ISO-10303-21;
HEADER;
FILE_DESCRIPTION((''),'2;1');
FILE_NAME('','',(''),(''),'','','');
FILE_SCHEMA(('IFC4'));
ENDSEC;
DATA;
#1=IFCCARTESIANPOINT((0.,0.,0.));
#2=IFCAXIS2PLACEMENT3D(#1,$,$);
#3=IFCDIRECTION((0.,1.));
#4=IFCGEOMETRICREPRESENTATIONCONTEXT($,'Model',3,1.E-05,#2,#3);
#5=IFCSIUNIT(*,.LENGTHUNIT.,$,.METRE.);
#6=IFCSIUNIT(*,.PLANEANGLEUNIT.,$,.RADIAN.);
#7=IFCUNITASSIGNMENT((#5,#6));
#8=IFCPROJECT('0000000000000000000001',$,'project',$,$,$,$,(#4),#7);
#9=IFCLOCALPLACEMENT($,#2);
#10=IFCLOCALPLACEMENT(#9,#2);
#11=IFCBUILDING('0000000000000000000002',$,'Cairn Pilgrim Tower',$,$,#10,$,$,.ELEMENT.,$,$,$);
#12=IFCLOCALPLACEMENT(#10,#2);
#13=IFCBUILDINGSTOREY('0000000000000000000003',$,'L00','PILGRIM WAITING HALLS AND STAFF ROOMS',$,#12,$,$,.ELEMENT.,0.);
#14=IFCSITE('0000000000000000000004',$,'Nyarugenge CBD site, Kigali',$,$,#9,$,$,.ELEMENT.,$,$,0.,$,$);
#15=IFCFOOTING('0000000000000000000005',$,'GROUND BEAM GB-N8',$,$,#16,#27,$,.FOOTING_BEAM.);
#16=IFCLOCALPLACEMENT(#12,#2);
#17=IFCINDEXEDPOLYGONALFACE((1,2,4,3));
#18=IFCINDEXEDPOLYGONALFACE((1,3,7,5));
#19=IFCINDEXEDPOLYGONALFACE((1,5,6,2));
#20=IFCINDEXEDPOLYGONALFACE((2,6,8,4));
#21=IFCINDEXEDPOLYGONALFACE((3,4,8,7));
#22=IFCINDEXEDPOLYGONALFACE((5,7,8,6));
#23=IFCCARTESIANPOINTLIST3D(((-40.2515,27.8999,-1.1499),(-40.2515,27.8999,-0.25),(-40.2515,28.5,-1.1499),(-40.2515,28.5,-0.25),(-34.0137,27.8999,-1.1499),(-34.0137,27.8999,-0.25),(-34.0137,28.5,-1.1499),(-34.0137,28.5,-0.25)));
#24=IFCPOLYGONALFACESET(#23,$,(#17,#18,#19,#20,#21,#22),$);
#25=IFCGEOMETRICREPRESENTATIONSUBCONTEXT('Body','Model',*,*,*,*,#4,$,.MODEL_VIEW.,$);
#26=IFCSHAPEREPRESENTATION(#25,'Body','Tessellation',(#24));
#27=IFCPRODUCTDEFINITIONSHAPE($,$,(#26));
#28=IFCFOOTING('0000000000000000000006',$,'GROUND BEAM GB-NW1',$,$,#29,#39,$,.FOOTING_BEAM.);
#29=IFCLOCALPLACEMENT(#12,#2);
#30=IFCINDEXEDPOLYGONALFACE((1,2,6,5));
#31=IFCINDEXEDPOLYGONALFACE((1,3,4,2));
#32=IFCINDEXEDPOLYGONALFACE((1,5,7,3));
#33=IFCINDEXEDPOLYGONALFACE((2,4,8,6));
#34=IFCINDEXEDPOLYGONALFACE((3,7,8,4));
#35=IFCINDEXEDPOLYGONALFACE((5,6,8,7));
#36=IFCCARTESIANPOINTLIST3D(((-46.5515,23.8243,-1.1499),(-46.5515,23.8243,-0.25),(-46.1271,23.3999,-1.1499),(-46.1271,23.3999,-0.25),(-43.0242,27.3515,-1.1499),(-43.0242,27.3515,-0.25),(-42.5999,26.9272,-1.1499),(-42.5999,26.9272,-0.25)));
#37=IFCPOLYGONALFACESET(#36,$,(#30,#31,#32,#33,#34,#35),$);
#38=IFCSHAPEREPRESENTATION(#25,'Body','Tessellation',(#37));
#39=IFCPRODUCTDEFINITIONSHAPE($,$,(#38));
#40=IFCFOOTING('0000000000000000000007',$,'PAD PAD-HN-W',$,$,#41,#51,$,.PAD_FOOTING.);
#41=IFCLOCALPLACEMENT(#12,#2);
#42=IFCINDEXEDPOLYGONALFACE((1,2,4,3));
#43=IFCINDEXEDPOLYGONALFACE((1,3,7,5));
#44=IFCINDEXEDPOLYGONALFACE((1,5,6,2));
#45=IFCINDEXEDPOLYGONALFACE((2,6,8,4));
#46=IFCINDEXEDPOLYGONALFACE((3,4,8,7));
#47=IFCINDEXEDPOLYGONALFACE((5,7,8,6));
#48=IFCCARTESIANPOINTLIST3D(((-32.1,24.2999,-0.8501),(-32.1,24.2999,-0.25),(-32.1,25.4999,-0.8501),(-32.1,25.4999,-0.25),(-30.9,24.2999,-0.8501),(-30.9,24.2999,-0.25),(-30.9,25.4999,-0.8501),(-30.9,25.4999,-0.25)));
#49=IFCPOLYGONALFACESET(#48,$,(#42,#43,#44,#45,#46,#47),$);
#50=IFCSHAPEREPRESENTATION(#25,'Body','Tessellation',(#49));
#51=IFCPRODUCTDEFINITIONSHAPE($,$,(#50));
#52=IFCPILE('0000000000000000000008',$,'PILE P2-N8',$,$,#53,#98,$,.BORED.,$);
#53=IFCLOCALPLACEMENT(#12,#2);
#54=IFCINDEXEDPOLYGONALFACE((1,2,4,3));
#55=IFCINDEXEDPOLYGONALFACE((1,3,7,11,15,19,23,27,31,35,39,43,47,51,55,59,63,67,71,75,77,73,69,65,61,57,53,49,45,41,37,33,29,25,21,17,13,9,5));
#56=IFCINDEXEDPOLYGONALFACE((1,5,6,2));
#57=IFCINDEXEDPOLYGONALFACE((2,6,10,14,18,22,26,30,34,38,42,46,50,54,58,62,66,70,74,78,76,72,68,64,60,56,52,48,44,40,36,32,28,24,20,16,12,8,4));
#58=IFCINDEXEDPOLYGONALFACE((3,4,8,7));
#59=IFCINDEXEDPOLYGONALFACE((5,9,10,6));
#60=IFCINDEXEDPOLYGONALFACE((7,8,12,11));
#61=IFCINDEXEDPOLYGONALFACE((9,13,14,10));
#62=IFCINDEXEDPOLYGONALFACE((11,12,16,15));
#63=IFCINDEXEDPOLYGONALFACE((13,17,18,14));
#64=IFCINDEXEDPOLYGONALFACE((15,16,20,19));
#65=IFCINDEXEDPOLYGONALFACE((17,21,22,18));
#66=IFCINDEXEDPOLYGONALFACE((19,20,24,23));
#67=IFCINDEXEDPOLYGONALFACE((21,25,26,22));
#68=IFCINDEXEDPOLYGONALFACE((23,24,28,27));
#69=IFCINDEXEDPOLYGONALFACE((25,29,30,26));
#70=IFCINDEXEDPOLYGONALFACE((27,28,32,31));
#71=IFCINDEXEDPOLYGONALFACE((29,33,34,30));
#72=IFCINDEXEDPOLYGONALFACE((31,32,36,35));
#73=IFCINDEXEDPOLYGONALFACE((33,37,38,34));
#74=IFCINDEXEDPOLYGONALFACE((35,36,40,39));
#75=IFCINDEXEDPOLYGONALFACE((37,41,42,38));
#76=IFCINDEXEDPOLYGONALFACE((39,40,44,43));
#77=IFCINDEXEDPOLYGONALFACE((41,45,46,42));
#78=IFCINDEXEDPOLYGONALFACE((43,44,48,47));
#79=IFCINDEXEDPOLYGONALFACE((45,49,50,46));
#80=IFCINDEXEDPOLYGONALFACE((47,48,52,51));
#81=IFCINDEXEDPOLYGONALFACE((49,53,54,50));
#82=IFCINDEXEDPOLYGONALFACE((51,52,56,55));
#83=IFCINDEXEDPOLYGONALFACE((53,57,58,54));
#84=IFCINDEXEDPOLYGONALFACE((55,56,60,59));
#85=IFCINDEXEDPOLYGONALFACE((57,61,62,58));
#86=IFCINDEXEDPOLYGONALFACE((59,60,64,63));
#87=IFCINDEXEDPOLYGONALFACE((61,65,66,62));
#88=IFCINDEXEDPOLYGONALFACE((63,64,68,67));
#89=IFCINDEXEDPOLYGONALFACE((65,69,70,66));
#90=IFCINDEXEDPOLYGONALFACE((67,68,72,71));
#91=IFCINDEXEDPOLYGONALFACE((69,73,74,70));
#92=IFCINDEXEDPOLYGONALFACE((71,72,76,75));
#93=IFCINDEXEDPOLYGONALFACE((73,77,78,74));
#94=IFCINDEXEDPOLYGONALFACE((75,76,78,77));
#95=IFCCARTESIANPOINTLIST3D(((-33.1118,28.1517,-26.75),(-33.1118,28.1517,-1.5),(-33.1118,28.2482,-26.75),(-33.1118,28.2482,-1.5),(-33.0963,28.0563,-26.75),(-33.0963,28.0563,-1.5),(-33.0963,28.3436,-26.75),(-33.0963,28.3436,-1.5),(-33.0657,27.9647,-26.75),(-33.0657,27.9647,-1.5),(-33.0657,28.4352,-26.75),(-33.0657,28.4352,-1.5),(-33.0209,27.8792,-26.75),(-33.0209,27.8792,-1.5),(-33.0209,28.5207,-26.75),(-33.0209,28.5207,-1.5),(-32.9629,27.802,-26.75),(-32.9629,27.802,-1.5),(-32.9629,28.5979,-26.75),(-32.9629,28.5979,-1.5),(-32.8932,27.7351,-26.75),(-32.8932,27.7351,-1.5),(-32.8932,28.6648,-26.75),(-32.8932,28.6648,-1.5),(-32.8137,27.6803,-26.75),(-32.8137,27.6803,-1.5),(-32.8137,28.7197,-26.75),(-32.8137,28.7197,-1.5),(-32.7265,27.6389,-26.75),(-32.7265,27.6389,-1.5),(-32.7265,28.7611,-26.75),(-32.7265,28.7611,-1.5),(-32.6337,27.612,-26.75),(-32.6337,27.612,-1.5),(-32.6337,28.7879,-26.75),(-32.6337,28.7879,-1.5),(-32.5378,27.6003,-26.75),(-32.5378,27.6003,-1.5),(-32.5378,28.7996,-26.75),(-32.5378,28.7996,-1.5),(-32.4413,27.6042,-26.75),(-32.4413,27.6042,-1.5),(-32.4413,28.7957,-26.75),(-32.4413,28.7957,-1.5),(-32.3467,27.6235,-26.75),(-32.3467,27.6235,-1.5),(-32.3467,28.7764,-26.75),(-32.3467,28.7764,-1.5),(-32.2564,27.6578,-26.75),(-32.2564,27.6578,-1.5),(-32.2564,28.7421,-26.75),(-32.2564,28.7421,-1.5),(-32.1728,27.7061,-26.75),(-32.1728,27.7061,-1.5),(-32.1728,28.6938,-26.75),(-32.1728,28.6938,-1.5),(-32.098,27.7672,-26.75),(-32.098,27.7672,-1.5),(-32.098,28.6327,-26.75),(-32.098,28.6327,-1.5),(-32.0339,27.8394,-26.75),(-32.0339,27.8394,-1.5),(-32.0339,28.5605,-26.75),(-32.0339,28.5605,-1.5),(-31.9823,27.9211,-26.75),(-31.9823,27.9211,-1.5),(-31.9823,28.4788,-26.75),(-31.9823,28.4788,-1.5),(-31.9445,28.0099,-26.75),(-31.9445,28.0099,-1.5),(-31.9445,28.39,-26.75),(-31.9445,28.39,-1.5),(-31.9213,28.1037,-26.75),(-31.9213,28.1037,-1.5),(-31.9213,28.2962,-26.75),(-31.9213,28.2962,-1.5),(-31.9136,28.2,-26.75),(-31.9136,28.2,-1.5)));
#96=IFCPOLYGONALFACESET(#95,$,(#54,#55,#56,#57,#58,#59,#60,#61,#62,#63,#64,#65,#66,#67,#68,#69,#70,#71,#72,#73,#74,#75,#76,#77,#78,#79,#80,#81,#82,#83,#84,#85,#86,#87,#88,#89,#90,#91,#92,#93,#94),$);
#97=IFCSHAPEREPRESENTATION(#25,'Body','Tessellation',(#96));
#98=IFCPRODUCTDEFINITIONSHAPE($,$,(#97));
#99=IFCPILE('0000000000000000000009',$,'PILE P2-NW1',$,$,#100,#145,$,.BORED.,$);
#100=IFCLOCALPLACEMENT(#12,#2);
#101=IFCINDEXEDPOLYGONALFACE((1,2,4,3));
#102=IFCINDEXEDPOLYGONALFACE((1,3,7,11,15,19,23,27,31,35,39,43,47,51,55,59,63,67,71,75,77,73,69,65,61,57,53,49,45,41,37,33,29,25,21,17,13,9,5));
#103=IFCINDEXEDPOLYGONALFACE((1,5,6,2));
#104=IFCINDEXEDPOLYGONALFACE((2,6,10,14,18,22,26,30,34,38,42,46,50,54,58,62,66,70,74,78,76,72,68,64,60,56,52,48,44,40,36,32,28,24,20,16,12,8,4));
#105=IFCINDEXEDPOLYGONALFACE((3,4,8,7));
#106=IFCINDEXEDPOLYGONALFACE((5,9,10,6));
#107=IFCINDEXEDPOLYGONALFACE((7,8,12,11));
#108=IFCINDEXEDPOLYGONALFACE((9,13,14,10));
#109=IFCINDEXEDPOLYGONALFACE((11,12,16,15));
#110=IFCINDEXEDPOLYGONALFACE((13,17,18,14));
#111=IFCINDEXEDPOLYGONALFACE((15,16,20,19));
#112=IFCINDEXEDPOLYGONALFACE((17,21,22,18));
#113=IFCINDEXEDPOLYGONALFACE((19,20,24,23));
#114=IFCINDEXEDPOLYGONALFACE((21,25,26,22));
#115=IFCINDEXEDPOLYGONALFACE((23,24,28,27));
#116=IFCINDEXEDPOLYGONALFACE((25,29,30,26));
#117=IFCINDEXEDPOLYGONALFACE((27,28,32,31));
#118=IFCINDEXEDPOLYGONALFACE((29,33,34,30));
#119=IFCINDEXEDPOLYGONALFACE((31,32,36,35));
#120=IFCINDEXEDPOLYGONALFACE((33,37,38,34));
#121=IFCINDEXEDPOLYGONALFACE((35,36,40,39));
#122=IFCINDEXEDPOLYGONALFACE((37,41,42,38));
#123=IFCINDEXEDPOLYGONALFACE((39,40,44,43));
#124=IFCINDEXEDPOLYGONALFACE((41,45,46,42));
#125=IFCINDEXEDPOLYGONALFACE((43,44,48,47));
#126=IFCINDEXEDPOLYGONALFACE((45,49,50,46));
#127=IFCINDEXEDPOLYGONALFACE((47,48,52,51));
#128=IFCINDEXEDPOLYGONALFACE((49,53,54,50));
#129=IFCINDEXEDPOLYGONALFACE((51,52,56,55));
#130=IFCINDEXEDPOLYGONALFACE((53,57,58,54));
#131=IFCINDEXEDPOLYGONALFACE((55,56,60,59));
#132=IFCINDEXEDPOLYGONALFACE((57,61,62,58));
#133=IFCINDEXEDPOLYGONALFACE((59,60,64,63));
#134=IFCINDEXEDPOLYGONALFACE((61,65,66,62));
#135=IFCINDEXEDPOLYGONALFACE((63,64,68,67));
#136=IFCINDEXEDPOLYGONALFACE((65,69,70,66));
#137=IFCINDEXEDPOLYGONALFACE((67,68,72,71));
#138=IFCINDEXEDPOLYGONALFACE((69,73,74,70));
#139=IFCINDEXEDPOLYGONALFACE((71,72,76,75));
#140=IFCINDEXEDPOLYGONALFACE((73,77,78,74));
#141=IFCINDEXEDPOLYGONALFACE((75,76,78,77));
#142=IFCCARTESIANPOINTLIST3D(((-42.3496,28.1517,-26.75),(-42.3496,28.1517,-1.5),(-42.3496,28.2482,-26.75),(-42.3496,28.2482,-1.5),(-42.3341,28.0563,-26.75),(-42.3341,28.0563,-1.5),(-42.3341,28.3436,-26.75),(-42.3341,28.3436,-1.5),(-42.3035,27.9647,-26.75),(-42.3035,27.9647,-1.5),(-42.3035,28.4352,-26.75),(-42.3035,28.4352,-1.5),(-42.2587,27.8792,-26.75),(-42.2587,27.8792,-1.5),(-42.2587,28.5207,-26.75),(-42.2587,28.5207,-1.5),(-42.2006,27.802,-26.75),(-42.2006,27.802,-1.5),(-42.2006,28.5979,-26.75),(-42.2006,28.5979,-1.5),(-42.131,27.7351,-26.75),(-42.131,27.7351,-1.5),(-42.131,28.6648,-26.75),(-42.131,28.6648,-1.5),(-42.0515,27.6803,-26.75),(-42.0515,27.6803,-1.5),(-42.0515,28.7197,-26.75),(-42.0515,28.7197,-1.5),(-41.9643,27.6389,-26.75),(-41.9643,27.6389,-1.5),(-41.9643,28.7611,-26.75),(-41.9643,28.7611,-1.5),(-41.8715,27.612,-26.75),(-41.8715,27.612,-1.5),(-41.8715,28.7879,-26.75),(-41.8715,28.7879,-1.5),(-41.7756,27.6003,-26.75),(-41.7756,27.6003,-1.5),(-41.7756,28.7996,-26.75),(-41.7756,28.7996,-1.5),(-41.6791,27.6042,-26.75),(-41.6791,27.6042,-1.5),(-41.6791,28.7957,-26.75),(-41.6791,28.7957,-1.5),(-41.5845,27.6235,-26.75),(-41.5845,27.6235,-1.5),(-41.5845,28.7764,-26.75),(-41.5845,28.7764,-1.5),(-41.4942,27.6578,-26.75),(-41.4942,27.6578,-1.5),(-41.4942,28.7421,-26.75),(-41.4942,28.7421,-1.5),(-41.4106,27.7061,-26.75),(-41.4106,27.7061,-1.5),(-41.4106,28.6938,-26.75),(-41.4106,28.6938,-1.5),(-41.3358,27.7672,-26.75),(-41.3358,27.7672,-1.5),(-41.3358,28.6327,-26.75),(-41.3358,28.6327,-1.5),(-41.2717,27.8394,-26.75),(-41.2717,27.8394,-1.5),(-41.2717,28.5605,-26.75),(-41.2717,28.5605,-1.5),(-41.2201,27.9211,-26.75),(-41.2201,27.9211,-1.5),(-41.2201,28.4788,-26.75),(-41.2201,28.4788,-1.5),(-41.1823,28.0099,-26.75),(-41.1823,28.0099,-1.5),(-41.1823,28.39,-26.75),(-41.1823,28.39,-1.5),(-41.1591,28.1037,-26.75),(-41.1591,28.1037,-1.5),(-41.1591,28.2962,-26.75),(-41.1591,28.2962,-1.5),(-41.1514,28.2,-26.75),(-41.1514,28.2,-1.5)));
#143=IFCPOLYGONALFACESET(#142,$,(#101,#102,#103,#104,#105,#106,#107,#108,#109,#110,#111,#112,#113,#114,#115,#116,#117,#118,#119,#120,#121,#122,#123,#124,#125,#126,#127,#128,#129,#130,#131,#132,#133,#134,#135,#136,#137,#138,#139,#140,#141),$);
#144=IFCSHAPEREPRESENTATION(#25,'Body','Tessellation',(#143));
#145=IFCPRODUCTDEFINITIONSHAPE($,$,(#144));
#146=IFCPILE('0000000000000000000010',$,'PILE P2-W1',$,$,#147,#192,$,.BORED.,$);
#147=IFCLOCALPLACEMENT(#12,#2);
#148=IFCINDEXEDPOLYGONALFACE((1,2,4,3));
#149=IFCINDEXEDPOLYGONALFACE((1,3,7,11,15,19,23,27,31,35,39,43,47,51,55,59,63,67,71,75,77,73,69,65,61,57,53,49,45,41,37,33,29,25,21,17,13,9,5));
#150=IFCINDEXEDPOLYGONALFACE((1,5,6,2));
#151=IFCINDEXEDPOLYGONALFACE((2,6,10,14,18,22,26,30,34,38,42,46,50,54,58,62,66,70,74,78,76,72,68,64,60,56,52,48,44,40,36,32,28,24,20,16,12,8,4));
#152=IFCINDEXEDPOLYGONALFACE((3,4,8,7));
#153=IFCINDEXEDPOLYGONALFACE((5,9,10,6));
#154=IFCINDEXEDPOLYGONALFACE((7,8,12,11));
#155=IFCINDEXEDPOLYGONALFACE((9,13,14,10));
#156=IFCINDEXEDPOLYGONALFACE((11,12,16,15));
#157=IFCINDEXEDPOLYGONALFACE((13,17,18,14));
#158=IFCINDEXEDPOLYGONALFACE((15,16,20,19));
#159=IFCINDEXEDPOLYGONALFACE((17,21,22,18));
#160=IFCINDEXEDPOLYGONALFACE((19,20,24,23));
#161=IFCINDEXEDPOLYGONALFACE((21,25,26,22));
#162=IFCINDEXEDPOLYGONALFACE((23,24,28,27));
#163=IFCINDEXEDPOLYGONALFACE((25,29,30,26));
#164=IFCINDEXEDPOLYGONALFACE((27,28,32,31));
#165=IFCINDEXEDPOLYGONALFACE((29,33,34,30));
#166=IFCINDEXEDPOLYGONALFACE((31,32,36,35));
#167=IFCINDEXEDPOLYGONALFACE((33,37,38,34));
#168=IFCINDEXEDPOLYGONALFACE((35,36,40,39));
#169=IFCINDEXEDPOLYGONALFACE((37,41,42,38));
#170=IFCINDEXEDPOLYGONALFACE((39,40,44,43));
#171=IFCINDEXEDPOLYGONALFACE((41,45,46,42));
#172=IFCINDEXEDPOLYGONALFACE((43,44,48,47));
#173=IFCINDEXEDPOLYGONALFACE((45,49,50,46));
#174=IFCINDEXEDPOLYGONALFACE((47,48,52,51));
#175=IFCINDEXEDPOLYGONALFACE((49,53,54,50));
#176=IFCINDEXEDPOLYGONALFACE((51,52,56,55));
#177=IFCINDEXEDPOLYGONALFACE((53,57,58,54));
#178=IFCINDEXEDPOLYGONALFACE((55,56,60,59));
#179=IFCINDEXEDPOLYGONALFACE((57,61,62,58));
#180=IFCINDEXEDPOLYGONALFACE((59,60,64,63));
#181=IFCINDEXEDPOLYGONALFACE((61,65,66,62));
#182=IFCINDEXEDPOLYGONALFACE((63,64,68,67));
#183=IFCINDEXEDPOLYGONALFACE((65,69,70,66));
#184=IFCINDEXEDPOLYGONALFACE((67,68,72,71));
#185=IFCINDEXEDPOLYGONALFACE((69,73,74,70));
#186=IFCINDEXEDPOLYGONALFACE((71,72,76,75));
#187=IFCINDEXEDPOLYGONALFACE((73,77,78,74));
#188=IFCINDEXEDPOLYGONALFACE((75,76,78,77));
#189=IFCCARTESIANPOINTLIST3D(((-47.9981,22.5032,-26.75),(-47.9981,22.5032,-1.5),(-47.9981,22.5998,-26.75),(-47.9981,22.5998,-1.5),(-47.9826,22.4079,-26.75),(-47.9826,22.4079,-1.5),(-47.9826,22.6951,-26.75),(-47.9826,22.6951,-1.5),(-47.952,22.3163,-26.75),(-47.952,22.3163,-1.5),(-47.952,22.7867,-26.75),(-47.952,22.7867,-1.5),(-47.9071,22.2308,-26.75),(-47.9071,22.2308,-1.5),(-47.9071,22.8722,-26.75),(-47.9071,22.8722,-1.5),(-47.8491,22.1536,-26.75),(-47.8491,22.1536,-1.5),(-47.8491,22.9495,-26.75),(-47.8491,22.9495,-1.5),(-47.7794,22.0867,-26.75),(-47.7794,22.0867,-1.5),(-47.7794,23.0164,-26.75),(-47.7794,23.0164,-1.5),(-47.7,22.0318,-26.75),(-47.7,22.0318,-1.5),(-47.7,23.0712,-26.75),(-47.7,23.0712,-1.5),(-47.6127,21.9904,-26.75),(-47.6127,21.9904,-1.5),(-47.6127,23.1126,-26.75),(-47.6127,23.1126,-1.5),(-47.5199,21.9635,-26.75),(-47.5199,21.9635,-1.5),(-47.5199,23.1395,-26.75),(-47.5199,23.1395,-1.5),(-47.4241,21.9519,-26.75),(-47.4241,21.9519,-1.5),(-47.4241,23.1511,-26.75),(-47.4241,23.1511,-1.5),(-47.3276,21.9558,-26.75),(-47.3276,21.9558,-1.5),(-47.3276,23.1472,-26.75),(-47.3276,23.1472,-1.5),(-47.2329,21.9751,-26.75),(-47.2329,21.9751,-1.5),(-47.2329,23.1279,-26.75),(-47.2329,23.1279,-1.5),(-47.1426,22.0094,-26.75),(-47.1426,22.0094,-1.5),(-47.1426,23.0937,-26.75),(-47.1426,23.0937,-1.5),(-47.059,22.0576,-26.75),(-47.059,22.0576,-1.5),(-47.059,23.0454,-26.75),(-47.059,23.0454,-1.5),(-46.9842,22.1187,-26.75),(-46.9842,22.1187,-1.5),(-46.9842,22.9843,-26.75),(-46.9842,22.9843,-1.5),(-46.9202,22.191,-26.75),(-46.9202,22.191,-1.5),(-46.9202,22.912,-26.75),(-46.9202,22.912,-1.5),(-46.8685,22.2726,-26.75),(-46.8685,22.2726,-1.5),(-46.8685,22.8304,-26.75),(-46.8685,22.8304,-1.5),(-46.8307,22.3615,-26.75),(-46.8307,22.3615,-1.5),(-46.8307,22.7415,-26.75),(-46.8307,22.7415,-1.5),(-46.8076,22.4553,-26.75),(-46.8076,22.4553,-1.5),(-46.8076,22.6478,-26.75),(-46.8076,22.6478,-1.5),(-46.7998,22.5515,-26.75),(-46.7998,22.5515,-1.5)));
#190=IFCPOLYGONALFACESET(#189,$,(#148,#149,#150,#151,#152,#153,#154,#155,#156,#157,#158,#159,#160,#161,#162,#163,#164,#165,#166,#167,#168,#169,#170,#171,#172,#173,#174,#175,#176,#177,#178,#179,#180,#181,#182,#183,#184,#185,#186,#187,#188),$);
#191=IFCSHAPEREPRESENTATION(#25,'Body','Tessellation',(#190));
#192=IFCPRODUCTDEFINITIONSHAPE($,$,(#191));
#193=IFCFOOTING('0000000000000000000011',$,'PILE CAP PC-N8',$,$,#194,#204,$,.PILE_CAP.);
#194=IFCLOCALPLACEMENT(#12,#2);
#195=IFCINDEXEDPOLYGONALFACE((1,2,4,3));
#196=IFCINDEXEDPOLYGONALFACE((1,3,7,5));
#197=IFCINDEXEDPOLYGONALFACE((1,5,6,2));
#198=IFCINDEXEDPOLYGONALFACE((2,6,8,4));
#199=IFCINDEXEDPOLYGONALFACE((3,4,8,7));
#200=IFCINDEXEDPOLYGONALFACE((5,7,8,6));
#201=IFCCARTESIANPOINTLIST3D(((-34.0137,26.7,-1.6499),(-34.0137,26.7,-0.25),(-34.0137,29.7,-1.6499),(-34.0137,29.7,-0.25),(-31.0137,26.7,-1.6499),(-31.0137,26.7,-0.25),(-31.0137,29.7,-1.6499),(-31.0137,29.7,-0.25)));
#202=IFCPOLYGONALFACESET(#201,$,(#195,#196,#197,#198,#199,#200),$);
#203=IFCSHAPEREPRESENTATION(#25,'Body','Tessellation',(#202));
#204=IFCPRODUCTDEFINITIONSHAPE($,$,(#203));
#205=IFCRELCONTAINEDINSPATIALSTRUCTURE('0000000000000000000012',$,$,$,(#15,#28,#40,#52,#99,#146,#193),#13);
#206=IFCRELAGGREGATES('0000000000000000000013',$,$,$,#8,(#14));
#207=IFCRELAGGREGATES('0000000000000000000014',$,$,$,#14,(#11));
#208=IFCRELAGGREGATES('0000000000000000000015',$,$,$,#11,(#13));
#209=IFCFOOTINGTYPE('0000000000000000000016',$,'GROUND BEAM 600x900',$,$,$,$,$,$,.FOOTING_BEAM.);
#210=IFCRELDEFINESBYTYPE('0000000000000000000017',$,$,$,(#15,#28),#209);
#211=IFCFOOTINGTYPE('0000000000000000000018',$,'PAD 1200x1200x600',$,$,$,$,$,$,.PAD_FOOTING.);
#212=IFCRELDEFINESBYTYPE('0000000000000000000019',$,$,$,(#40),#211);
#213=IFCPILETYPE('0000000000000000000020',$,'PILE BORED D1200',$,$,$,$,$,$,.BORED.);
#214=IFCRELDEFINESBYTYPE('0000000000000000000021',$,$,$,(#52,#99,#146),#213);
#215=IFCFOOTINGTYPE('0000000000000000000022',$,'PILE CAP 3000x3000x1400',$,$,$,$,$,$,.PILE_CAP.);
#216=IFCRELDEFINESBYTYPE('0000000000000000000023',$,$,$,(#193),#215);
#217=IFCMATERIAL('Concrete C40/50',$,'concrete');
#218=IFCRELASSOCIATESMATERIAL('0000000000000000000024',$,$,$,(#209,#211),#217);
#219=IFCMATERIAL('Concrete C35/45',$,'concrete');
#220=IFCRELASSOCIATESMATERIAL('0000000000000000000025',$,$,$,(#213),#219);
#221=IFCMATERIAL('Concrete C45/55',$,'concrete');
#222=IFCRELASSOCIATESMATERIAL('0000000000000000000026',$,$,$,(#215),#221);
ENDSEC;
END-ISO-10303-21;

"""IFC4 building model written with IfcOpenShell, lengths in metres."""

from ifc_helpers import new_model, si_unit, direction, frame, origin, origin_2d, place, context, subcontext, project, spatial, rectangle, circle, extrude, material, material_profile, profile_set, type_object, element, save


model = new_model("IFC4")

# Units and contexts
model_context = context("Model", 3, precision=1e-05, world=origin(), true_north=direction((0.0, 1.0)))
body_context = subcontext(model_context, "Body", "Model", "MODEL_VIEW")
ifc_project = project(units=[si_unit("LENGTHUNIT", "METRE"), si_unit("PLANEANGLEUNIT", "RADIAN")], contexts=[model_context])

# Site, building, storey
site_placement = place(None, origin())
site = spatial("IfcSite", under=ifc_project, at=site_placement, Name="Nyarugenge CBD site, Kigali", CompositionType="ELEMENT", RefElevation=0.0)
building_placement = place(site_placement, origin())
building = spatial("IfcBuilding", under=site, at=building_placement, Name="Cairn Pilgrim Tower", CompositionType="ELEMENT")
storey_placement = place(building_placement, origin())
storey = spatial("IfcBuildingStorey", under=building, at=storey_placement, Name="L00", Description="PILGRIM WAITING HALLS AND STAFF ROOMS", CompositionType="ELEMENT", Elevation=0.0)

# Footings
ifc_material_1 = material(Name="Concrete C40/50", Category="concrete")
footing_type_1 = type_object("IfcFootingType", Name="GROUND BEAM 600x900", PredefinedType="FOOTING_BEAM", material=ifc_material_1)
footing_1_placement = place(storey_placement, frame((-37.1326, 28.2, -1.1499), z_axis=(0.0, 0.0, 1.0), x_axis=(-1.0, 0.0, 0.0)))
element("IfcFooting", 1, at=footing_1_placement, inside=storey, type_object=footing_type_1, Name="GROUND BEAM GB-N8", PredefinedType="FOOTING_BEAM", context=body_context, shape_type="SweptSolid", body=[
    extrude(rectangle(XDim=6.2378, YDim=0.6001, at=origin_2d()), origin(), (0.0, 0.0, 1.0), 0.8999),
])
footing_2_placement = place(storey_placement, frame((-44.5757, 25.3757, -1.1499), z_axis=(0.0, 0.0, 1.0), x_axis=(-0.707107, -0.707107, 0.0)))
element("IfcFooting", 2, at=footing_2_placement, inside=storey, type_object=footing_type_1, Name="GROUND BEAM GB-NW1", PredefinedType="FOOTING_BEAM", context=body_context, shape_type="SweptSolid", body=[
    extrude(rectangle(XDim=4.9883, YDim=0.6001, at=origin_2d()), origin(), (0.0, 0.0, 1.0), 0.8999),
])
footing_type_2 = type_object("IfcFootingType", Name="PAD 1200x1200x600", PredefinedType="PAD_FOOTING", material=ifc_material_1)
footing_3_placement = place(storey_placement, frame((-31.5, 24.8999, -0.8501), z_axis=(0.0, 0.0, 1.0), x_axis=(1.0, 0.0, 0.0)))
element("IfcFooting", 3, at=footing_3_placement, inside=storey, type_object=footing_type_2, Name="PAD PAD-HN-W", PredefinedType="PAD_FOOTING", context=body_context, shape_type="SweptSolid", body=[
    extrude(rectangle(XDim=1.2, YDim=1.2, at=origin_2d()), origin(), (0.0, 0.0, 1.0), 0.6001),
])

# Piles
ifc_material_2 = material(Name="Concrete C35/45", Category="concrete")
ifc_material_profile_1 = material_profile(ifc_material_2, circle(Radius=0.6001, at=origin_2d()), Name="D1200")
ifc_profile_set_1 = profile_set([ifc_material_profile_1], Name="Concrete C35/45")
pile_type = type_object("IfcPileType", Name="PILE BORED D1200", PredefinedType="BORED", material=ifc_profile_set_1)
for number, where, z_axis, x_axis, name in (
    (4, (-32.5137, 28.2, -1.5), (0.0, 0.0, -1.0), (1.0, 0.0, 0.0), "PILE P2-N8"),
    (5, (-41.7515, 28.2, -1.5), (0.0, 0.0, -1.0), (1.0, 0.0, 0.0), "PILE P2-NW1"),
    (6, (-47.3999, 22.5515, -1.5), (0.0, 0.0, -1.0), (1.0, 0.0, 0.0), "PILE P2-W1"),
):
    element("IfcPile", number, at=place(storey_placement, frame(where, z_axis=z_axis, x_axis=x_axis)), inside=storey, type_object=pile_type, Name=name, PredefinedType="BORED", context=body_context, shape_type="SweptSolid", body=[
        extrude(circle(Radius=0.6001, at=origin_2d()), origin(), (0.0, 0.0, 1.0), 25.25),
    ])

# Footing
ifc_material_3 = material(Name="Concrete C45/55", Category="concrete")
footing_type_3 = type_object("IfcFootingType", Name="PILE CAP 3000x3000x1400", PredefinedType="PILE_CAP", material=ifc_material_3)
for number, where, z_axis, x_axis, name in (
    (7, (-32.5137, 28.2, -1.6499), (0.0, 0.0, 1.0), (1.0, 0.0, 0.0), "PILE CAP PC-N8"),
):
    element("IfcFooting", number, at=place(storey_placement, frame(where, z_axis=z_axis, x_axis=x_axis)), inside=storey, type_object=footing_type_3, Name=name, PredefinedType="PILE_CAP", context=body_context, shape_type="SweptSolid", body=[
        extrude(rectangle(XDim=3.0, YDim=3.0, at=origin_2d()), origin(), (0.0, 0.0, 1.0), 1.3999),
    ])

save(model, "model.ifc")
